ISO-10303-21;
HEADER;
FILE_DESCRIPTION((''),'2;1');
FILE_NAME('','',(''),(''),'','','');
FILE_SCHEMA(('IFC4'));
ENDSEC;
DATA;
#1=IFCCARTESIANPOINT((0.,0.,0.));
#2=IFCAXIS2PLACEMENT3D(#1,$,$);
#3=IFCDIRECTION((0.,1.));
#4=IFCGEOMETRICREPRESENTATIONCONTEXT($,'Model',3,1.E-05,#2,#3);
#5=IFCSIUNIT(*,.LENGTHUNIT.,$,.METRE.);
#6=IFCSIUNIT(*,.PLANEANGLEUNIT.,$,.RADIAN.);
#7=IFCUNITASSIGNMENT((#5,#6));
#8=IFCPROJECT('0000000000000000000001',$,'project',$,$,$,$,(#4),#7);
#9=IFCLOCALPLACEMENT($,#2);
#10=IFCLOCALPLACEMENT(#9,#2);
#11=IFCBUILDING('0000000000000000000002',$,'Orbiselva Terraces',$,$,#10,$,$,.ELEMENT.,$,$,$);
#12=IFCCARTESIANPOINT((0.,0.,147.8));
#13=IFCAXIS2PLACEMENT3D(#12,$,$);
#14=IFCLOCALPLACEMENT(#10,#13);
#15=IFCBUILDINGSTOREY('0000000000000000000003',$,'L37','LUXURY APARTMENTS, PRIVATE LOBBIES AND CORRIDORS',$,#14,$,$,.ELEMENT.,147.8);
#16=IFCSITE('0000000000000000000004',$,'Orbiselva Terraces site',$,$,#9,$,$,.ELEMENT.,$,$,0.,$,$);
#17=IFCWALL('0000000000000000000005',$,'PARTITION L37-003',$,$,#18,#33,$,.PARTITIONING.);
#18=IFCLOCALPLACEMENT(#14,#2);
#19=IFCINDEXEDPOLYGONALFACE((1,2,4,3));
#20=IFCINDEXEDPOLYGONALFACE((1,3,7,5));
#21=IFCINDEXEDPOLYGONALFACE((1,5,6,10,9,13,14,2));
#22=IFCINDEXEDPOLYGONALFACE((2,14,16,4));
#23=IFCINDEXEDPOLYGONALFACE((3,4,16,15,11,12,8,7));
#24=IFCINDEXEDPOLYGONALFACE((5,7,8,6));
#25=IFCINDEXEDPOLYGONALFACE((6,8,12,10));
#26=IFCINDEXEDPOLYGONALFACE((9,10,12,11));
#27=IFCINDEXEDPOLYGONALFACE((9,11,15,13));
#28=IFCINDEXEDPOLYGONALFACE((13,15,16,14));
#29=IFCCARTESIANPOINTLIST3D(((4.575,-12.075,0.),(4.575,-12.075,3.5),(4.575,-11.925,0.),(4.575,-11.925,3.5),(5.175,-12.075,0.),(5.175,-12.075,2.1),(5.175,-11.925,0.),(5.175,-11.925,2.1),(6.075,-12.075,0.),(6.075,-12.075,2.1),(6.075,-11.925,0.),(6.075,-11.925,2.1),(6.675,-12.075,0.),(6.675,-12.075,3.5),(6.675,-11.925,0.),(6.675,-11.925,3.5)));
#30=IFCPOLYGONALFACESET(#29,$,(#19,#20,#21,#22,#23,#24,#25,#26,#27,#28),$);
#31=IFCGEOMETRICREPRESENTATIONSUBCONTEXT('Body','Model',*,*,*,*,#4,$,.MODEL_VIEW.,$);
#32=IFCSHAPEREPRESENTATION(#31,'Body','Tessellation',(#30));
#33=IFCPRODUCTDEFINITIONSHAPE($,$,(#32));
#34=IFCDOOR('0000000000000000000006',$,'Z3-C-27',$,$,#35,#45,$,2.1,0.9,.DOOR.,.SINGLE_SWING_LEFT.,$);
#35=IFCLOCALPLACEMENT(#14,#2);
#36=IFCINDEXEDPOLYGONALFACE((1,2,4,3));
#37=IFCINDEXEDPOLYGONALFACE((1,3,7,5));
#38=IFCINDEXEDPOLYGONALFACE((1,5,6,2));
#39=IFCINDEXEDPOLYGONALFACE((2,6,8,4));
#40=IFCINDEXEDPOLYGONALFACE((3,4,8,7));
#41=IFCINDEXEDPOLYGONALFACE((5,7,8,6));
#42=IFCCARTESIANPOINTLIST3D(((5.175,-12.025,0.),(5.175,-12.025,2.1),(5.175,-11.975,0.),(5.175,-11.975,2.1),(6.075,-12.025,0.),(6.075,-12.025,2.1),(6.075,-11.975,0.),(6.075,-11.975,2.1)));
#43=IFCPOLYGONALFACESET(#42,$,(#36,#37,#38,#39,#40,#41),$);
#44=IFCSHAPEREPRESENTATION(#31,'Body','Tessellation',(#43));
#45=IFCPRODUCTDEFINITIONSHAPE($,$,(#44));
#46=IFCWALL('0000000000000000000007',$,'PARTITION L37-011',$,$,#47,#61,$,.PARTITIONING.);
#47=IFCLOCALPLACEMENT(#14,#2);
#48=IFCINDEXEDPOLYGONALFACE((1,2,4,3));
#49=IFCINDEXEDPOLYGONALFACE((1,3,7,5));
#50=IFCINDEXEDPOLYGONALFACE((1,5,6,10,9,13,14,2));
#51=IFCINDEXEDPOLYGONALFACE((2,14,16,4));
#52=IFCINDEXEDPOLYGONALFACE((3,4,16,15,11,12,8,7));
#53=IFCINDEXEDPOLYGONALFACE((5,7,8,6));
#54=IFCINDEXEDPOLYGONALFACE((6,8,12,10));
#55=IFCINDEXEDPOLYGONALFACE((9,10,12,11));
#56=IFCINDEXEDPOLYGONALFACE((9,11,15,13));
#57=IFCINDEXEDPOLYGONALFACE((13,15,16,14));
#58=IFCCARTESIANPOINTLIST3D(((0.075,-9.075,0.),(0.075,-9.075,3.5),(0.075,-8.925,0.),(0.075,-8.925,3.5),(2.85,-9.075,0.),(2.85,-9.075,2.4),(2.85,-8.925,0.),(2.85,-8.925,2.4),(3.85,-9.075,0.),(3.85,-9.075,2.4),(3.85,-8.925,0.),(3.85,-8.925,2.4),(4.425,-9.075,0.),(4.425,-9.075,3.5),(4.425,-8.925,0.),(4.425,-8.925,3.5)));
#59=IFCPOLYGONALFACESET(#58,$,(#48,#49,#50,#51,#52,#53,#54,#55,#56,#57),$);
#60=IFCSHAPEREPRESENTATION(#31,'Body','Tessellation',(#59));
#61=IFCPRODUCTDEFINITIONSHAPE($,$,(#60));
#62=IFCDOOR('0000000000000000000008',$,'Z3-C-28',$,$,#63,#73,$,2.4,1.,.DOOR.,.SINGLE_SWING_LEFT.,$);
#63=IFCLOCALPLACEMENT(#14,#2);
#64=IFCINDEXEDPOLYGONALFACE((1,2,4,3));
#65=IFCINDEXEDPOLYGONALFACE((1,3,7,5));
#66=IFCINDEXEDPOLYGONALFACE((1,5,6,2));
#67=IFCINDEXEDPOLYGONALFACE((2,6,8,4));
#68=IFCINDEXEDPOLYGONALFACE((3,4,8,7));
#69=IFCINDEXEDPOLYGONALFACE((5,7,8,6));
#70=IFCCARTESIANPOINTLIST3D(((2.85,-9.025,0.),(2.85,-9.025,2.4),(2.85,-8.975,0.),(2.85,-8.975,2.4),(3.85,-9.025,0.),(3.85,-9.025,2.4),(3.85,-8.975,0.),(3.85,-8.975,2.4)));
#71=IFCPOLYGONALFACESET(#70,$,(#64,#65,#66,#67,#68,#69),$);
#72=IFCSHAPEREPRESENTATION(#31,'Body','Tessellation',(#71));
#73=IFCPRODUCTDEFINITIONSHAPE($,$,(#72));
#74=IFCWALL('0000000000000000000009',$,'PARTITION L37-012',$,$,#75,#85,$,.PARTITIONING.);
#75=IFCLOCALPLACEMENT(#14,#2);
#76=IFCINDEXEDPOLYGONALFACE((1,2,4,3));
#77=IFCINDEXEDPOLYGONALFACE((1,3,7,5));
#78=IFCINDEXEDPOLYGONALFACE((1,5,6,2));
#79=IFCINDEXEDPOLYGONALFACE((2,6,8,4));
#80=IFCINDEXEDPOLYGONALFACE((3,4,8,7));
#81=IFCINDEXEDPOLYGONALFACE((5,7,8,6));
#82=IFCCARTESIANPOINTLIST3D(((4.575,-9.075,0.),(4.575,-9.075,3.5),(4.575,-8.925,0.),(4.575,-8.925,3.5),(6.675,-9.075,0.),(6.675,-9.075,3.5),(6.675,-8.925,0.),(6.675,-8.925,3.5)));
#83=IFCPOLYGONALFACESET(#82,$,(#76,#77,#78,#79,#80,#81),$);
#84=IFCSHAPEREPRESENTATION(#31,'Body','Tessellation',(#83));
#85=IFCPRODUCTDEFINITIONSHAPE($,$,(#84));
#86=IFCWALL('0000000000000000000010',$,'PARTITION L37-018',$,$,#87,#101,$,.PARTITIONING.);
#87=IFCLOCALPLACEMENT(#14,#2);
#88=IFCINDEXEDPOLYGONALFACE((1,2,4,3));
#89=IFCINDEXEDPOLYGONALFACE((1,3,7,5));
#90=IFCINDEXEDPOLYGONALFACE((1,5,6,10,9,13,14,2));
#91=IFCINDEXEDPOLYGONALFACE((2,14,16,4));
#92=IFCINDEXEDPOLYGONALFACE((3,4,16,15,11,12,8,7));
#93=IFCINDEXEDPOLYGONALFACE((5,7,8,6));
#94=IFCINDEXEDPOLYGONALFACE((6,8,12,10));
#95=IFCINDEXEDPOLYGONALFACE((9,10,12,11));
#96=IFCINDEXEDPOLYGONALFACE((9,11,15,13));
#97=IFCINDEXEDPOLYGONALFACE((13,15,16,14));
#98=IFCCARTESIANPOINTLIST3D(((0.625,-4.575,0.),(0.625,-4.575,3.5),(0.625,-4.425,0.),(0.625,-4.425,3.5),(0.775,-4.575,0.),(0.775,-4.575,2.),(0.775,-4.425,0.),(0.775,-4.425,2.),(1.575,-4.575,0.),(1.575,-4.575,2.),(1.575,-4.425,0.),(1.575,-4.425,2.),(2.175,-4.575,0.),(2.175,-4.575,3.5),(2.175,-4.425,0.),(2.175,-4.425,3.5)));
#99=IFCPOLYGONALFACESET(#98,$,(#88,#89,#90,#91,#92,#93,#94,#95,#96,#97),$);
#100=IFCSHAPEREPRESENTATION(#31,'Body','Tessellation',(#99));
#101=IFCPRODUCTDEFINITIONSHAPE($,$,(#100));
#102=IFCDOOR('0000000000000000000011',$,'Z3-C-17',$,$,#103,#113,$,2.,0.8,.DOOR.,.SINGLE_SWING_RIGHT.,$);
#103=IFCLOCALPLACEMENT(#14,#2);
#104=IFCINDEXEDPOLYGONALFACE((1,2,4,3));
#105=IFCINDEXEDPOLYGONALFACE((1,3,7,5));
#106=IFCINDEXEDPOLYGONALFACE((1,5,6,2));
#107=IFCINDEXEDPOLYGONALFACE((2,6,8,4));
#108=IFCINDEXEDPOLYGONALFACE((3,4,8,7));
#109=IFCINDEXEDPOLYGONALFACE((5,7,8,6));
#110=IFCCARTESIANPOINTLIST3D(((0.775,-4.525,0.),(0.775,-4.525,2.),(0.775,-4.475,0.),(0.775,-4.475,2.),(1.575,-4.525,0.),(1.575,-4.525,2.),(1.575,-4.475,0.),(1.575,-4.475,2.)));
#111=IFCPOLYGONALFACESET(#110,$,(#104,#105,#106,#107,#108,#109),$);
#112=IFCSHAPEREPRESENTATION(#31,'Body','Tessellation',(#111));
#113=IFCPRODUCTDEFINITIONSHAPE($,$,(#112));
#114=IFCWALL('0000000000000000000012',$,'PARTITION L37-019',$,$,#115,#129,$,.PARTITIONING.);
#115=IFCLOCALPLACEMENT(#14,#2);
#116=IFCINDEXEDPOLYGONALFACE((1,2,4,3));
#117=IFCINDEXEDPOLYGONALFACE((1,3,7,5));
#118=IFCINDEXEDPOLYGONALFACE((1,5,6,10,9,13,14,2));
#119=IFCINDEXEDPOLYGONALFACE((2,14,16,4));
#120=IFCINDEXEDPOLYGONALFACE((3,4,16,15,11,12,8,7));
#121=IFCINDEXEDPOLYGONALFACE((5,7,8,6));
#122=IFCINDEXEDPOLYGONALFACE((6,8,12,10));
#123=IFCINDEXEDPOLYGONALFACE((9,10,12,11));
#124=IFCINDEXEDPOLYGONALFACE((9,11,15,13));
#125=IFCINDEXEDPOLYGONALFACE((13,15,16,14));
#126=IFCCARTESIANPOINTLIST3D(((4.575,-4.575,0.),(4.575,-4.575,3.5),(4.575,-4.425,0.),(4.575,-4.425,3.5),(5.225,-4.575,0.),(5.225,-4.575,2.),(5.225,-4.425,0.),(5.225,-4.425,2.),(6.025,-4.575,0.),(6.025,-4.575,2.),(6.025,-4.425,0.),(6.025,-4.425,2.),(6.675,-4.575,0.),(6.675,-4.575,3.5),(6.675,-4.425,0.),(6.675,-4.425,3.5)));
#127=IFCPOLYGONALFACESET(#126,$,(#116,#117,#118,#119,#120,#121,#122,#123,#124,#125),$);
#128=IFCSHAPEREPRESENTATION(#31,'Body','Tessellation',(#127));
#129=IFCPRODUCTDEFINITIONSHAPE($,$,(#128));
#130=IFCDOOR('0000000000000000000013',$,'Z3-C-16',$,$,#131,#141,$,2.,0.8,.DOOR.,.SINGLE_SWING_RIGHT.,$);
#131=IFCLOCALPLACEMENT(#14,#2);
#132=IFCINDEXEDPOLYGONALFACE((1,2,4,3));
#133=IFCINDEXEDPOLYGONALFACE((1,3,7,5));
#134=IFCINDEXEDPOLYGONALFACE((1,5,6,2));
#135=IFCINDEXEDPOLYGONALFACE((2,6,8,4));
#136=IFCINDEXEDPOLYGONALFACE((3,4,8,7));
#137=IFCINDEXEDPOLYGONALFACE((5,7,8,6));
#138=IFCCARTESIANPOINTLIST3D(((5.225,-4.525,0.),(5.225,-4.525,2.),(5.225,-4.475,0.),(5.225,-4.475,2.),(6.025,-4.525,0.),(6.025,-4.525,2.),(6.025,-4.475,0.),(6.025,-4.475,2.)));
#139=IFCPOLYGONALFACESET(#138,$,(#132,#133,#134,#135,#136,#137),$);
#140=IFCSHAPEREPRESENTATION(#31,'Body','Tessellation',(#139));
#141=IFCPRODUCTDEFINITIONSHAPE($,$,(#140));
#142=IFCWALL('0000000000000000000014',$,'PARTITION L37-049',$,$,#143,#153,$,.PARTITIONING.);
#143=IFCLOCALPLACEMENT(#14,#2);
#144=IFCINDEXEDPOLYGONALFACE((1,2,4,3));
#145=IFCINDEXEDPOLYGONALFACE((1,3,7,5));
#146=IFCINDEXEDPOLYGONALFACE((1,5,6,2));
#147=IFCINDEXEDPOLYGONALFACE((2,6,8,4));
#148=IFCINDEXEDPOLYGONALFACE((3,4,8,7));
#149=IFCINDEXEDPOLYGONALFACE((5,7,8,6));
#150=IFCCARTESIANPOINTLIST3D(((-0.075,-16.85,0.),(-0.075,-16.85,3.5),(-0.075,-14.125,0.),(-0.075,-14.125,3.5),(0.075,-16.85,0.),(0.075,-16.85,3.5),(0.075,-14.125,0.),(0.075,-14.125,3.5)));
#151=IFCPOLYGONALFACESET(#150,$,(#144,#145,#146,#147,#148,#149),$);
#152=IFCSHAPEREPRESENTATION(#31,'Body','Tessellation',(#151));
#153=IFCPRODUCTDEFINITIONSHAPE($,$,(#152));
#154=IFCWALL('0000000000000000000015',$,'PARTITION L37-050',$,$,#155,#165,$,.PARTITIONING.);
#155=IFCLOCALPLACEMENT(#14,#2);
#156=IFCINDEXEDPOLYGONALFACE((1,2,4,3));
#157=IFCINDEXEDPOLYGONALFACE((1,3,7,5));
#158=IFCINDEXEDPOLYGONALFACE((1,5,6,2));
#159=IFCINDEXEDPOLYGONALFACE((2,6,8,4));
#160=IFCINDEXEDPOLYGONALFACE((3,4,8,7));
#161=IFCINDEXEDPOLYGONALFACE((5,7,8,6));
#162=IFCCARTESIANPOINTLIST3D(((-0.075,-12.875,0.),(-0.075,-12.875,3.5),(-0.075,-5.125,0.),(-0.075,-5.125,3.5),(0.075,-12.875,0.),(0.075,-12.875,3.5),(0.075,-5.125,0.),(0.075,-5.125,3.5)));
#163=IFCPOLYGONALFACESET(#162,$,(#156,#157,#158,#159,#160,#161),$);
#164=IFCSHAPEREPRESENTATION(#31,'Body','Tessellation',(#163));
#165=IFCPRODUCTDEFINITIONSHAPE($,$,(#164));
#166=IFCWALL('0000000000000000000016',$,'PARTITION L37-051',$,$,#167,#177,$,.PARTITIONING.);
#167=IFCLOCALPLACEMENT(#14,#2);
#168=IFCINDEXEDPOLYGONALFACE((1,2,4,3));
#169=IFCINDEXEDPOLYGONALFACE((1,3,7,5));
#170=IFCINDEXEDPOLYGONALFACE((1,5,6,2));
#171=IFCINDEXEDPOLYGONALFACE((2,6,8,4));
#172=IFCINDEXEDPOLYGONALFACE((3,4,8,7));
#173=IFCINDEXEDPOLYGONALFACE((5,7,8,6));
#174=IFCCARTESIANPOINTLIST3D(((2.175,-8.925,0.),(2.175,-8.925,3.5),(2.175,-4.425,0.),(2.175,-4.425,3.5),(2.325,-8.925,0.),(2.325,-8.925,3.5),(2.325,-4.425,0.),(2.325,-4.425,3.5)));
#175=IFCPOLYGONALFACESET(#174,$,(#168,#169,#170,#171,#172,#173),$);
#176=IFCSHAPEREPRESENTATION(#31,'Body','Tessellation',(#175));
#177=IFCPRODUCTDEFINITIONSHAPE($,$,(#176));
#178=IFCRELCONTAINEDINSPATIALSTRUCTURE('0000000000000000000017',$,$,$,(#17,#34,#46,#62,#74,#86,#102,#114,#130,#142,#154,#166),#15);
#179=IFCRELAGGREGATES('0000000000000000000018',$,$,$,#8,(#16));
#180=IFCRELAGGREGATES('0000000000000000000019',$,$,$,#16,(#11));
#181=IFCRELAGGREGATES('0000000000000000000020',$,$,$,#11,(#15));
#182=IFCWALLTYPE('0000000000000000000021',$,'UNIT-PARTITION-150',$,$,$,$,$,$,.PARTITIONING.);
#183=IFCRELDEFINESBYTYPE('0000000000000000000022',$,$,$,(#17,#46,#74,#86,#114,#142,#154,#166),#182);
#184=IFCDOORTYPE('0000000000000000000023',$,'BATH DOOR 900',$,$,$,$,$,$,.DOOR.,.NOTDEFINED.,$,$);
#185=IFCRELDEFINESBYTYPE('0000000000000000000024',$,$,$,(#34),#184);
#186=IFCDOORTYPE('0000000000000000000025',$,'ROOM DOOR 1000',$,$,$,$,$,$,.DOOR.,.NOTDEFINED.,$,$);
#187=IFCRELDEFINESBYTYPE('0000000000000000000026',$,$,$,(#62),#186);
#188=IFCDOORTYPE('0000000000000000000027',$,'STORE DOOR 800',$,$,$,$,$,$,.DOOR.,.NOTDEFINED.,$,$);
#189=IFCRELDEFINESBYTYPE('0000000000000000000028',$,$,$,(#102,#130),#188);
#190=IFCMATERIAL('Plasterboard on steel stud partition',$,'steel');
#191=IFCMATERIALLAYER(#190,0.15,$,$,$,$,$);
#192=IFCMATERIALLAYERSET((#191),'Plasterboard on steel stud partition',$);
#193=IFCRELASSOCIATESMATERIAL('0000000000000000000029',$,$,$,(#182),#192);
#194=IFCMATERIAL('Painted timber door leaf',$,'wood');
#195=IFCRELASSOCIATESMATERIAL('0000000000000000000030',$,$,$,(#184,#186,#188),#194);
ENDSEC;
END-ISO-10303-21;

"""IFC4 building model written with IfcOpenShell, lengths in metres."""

from ifc_helpers import new_model, si_unit, direction, frame, frame_2d, origin, place, context, subcontext, project, spatial, rectangle, extrude, material, layer, layer_set, type_object, element, fill, save


model = new_model("IFC4")

# Units and contexts
model_context = context("Model", 3, precision=1e-05, world=origin(), true_north=direction((0.0, 1.0)))
body_context = subcontext(model_context, "Body", "Model", "MODEL_VIEW")
ifc_project = project(units=[si_unit("LENGTHUNIT", "METRE"), si_unit("PLANEANGLEUNIT", "RADIAN")], contexts=[model_context])

# Site, building, storey
site_placement = place(None, origin())
site = spatial("IfcSite", under=ifc_project, at=site_placement, Name="Orbiselva Terraces site", CompositionType="ELEMENT", RefElevation=0.0)
building_placement = place(site_placement, origin())
building = spatial("IfcBuilding", under=site, at=building_placement, Name="Orbiselva Terraces", CompositionType="ELEMENT")
storey_placement = place(building_placement, frame((0.0, 0.0, 147.8)))
storey = spatial("IfcBuildingStorey", under=building, at=storey_placement, Name="L37", Description="LUXURY APARTMENTS, PRIVATE LOBBIES AND CORRIDORS", CompositionType="ELEMENT", Elevation=147.8)

# Walls, openings, doors
ifc_material_1 = material(Name="Plasterboard on steel stud partition", Category="steel")
ifc_layer_1 = layer(ifc_material_1, 0.15)
ifc_layer_set_1 = layer_set([ifc_layer_1], Name="Plasterboard on steel stud partition")
wall_type_1 = type_object("IfcWallType", Name="UNIT-PARTITION-150", PredefinedType="PARTITIONING", material=ifc_layer_set_1)
wall_1_placement = place(storey_placement, frame((4.575, -12.0, 0.0), z_axis=(0.0, 0.0, 1.0), x_axis=(1.0, 0.0, 0.0)))
wall_1 = element("IfcWall", 1, at=wall_1_placement, inside=storey, type_object=wall_type_1, Name="PARTITION L37-003", PredefinedType="PARTITIONING", context=body_context, shape_type="SweptSolid", body=[
    extrude(rectangle(XDim=2.1, YDim=0.15, at=frame_2d((1.05, 0.0))), origin(), (0.0, 0.0, 1.0), 3.5),
])
opening_1_placement = place(wall_1_placement, frame((0.6, 0.0, 0.0)))
opening_1 = element("IfcOpeningElement", 2, at=opening_1_placement, cuts=wall_1, PredefinedType="OPENING", context=body_context, shape_type="SweptSolid", body=[
    extrude(rectangle(XDim=0.9, YDim=2.1, at=frame_2d((0.45, 1.05))), frame((0.0, 0.085, 0.0), z_axis=(0.0, -1.0, 0.0), x_axis=(1.0, 0.0, 0.0)), (0.0, 0.0, 1.0), 0.17),
])
ifc_material_2 = material(Name="Painted timber door leaf", Category="wood")
door_type_1 = type_object("IfcDoorType", Name="BATH DOOR 900", OperationType="NOTDEFINED", PredefinedType="DOOR", material=ifc_material_2)
door_1_placement = place(opening_1_placement, origin())
door_1 = element("IfcDoor", 3, at=door_1_placement, inside=storey, type_object=door_type_1, Name="Z3-C-27", OperationType="SINGLE_SWING_LEFT", OverallHeight=2.1, OverallWidth=0.9, PredefinedType="DOOR", context=body_context, shape_type="SweptSolid", body=[
    extrude(rectangle(XDim=0.9, YDim=2.1, at=frame_2d((0.45, 1.05))), frame((0.0, 0.025, 0.0), z_axis=(0.0, -1.0, 0.0), x_axis=(1.0, 0.0, 0.0)), (0.0, 0.0, 1.0), 0.05),
])
fill(opening_1, door_1)
wall_2_placement = place(storey_placement, frame((4.425, -9.0, 0.0), z_axis=(0.0, 0.0, 1.0), x_axis=(-1.0, 0.0, 0.0)))
wall_2 = element("IfcWall", 4, at=wall_2_placement, inside=storey, type_object=wall_type_1, Name="PARTITION L37-011", PredefinedType="PARTITIONING", context=body_context, shape_type="SweptSolid", body=[
    extrude(rectangle(XDim=4.35, YDim=0.15, at=frame_2d((2.175, 0.0))), origin(), (0.0, 0.0, 1.0), 3.5),
])
opening_2_placement = place(wall_2_placement, frame((0.575, 0.0, 0.0)))
opening_2 = element("IfcOpeningElement", 5, at=opening_2_placement, cuts=wall_2, PredefinedType="OPENING", context=body_context, shape_type="SweptSolid", body=[
    extrude(rectangle(XDim=1.0, YDim=2.4, at=frame_2d((0.5, 1.2))), frame((0.0, 0.085, 0.0), z_axis=(0.0, -1.0, 0.0), x_axis=(1.0, 0.0, 0.0)), (0.0, 0.0, 1.0), 0.17),
])
door_type_2 = type_object("IfcDoorType", Name="ROOM DOOR 1000", OperationType="NOTDEFINED", PredefinedType="DOOR", material=ifc_material_2)
door_2_placement = place(opening_2_placement, origin())
door_2 = element("IfcDoor", 6, at=door_2_placement, inside=storey, type_object=door_type_2, Name="Z3-C-28", OperationType="SINGLE_SWING_LEFT", OverallHeight=2.4, OverallWidth=1.0, PredefinedType="DOOR", context=body_context, shape_type="SweptSolid", body=[
    extrude(rectangle(XDim=1.0, YDim=2.4, at=frame_2d((0.5, 1.2))), frame((0.0, 0.025, 0.0), z_axis=(0.0, -1.0, 0.0), x_axis=(1.0, 0.0, 0.0)), (0.0, 0.0, 1.0), 0.05),
])
fill(opening_2, door_2)

# Wall
wall_3_placement = place(storey_placement, frame((4.575, -9.0, 0.0), z_axis=(0.0, 0.0, 1.0), x_axis=(1.0, 0.0, 0.0)))
element("IfcWall", 7, at=wall_3_placement, inside=storey, type_object=wall_type_1, Name="PARTITION L37-012", PredefinedType="PARTITIONING", context=body_context, shape_type="SweptSolid", body=[
    extrude(rectangle(XDim=2.1, YDim=0.15, at=frame_2d((1.05, 0.0))), origin(), (0.0, 0.0, 1.0), 3.5),
])

# Walls, openings, doors
wall_4_placement = place(storey_placement, frame((2.175, -4.5, 0.0), z_axis=(0.0, 0.0, 1.0), x_axis=(-1.0, 0.0, 0.0)))
wall_4 = element("IfcWall", 8, at=wall_4_placement, inside=storey, type_object=wall_type_1, Name="PARTITION L37-018", PredefinedType="PARTITIONING", context=body_context, shape_type="SweptSolid", body=[
    extrude(rectangle(XDim=1.55, YDim=0.15, at=frame_2d((0.775, 0.0))), origin(), (0.0, 0.0, 1.0), 3.5),
])
opening_3_placement = place(wall_4_placement, frame((0.6, 0.0, 0.0)))
opening_3 = element("IfcOpeningElement", 9, at=opening_3_placement, cuts=wall_4, PredefinedType="OPENING", context=body_context, shape_type="SweptSolid", body=[
    extrude(rectangle(XDim=0.8, YDim=2.0, at=frame_2d((0.4, 1.0))), frame((0.0, 0.085, 0.0), z_axis=(0.0, -1.0, 0.0), x_axis=(1.0, 0.0, 0.0)), (0.0, 0.0, 1.0), 0.17),
])
door_type_3 = type_object("IfcDoorType", Name="STORE DOOR 800", OperationType="NOTDEFINED", PredefinedType="DOOR", material=ifc_material_2)
door_3_placement = place(opening_3_placement, origin())
door_3 = element("IfcDoor", 10, at=door_3_placement, inside=storey, type_object=door_type_3, Name="Z3-C-17", OperationType="SINGLE_SWING_RIGHT", OverallHeight=2.0, OverallWidth=0.8, PredefinedType="DOOR", context=body_context, shape_type="SweptSolid", body=[
    extrude(rectangle(XDim=0.8, YDim=2.0, at=frame_2d((0.4, 1.0))), frame((0.0, 0.025, 0.0), z_axis=(0.0, -1.0, 0.0), x_axis=(1.0, 0.0, 0.0)), (0.0, 0.0, 1.0), 0.05),
])
fill(opening_3, door_3)
wall_5_placement = place(storey_placement, frame((6.675, -4.5, 0.0), z_axis=(0.0, 0.0, 1.0), x_axis=(-1.0, 0.0, 0.0)))
wall_5 = element("IfcWall", 11, at=wall_5_placement, inside=storey, type_object=wall_type_1, Name="PARTITION L37-019", PredefinedType="PARTITIONING", context=body_context, shape_type="SweptSolid", body=[
    extrude(rectangle(XDim=2.1, YDim=0.15, at=frame_2d((1.05, 0.0))), origin(), (0.0, 0.0, 1.0), 3.5),
])
opening_4_placement = place(wall_5_placement, frame((0.65, 0.0, 0.0)))
opening_4 = element("IfcOpeningElement", 12, at=opening_4_placement, cuts=wall_5, PredefinedType="OPENING", context=body_context, shape_type="SweptSolid", body=[
    extrude(rectangle(XDim=0.8, YDim=2.0, at=frame_2d((0.4, 1.0))), frame((0.0, 0.085, 0.0), z_axis=(0.0, -1.0, 0.0), x_axis=(1.0, 0.0, 0.0)), (0.0, 0.0, 1.0), 0.17),
])
door_4_placement = place(opening_4_placement, origin())
door_4 = element("IfcDoor", 13, at=door_4_placement, inside=storey, type_object=door_type_3, Name="Z3-C-16", OperationType="SINGLE_SWING_RIGHT", OverallHeight=2.0, OverallWidth=0.8, PredefinedType="DOOR", context=body_context, shape_type="SweptSolid", body=[
    extrude(rectangle(XDim=0.8, YDim=2.0, at=frame_2d((0.4, 1.0))), frame((0.0, 0.025, 0.0), z_axis=(0.0, -1.0, 0.0), x_axis=(1.0, 0.0, 0.0)), (0.0, 0.0, 1.0), 0.05),
])
fill(opening_4, door_4)

# Walls
wall_6_placement = place(storey_placement, frame((0.0, -16.85, 0.0), z_axis=(0.0, 0.0, 1.0), x_axis=(0.0, 1.0, 0.0)))
element("IfcWall", 14, at=wall_6_placement, inside=storey, type_object=wall_type_1, Name="PARTITION L37-049", PredefinedType="PARTITIONING", context=body_context, shape_type="SweptSolid", body=[
    extrude(rectangle(XDim=2.725, YDim=0.15, at=frame_2d((1.3625, 0.0))), origin(), (0.0, 0.0, 1.0), 3.5),
])
wall_7_placement = place(storey_placement, frame((0.0, -12.875, 0.0), z_axis=(0.0, 0.0, 1.0), x_axis=(0.0, 1.0, 0.0)))
element("IfcWall", 15, at=wall_7_placement, inside=storey, type_object=wall_type_1, Name="PARTITION L37-050", PredefinedType="PARTITIONING", context=body_context, shape_type="SweptSolid", body=[
    extrude(rectangle(XDim=7.75, YDim=0.15, at=frame_2d((3.875, 0.0))), origin(), (0.0, 0.0, 1.0), 3.5),
])
wall_8_placement = place(storey_placement, frame((2.25, -8.925, 0.0), z_axis=(0.0, 0.0, 1.0), x_axis=(0.0, 1.0, 0.0)))
element("IfcWall", 16, at=wall_8_placement, inside=storey, type_object=wall_type_1, Name="PARTITION L37-051", PredefinedType="PARTITIONING", context=body_context, shape_type="SweptSolid", body=[
    extrude(rectangle(XDim=4.5, YDim=0.15, at=frame_2d((2.25, 0.0))), origin(), (0.0, 0.0, 1.0), 3.5),
])

save(model, "model.ifc")
